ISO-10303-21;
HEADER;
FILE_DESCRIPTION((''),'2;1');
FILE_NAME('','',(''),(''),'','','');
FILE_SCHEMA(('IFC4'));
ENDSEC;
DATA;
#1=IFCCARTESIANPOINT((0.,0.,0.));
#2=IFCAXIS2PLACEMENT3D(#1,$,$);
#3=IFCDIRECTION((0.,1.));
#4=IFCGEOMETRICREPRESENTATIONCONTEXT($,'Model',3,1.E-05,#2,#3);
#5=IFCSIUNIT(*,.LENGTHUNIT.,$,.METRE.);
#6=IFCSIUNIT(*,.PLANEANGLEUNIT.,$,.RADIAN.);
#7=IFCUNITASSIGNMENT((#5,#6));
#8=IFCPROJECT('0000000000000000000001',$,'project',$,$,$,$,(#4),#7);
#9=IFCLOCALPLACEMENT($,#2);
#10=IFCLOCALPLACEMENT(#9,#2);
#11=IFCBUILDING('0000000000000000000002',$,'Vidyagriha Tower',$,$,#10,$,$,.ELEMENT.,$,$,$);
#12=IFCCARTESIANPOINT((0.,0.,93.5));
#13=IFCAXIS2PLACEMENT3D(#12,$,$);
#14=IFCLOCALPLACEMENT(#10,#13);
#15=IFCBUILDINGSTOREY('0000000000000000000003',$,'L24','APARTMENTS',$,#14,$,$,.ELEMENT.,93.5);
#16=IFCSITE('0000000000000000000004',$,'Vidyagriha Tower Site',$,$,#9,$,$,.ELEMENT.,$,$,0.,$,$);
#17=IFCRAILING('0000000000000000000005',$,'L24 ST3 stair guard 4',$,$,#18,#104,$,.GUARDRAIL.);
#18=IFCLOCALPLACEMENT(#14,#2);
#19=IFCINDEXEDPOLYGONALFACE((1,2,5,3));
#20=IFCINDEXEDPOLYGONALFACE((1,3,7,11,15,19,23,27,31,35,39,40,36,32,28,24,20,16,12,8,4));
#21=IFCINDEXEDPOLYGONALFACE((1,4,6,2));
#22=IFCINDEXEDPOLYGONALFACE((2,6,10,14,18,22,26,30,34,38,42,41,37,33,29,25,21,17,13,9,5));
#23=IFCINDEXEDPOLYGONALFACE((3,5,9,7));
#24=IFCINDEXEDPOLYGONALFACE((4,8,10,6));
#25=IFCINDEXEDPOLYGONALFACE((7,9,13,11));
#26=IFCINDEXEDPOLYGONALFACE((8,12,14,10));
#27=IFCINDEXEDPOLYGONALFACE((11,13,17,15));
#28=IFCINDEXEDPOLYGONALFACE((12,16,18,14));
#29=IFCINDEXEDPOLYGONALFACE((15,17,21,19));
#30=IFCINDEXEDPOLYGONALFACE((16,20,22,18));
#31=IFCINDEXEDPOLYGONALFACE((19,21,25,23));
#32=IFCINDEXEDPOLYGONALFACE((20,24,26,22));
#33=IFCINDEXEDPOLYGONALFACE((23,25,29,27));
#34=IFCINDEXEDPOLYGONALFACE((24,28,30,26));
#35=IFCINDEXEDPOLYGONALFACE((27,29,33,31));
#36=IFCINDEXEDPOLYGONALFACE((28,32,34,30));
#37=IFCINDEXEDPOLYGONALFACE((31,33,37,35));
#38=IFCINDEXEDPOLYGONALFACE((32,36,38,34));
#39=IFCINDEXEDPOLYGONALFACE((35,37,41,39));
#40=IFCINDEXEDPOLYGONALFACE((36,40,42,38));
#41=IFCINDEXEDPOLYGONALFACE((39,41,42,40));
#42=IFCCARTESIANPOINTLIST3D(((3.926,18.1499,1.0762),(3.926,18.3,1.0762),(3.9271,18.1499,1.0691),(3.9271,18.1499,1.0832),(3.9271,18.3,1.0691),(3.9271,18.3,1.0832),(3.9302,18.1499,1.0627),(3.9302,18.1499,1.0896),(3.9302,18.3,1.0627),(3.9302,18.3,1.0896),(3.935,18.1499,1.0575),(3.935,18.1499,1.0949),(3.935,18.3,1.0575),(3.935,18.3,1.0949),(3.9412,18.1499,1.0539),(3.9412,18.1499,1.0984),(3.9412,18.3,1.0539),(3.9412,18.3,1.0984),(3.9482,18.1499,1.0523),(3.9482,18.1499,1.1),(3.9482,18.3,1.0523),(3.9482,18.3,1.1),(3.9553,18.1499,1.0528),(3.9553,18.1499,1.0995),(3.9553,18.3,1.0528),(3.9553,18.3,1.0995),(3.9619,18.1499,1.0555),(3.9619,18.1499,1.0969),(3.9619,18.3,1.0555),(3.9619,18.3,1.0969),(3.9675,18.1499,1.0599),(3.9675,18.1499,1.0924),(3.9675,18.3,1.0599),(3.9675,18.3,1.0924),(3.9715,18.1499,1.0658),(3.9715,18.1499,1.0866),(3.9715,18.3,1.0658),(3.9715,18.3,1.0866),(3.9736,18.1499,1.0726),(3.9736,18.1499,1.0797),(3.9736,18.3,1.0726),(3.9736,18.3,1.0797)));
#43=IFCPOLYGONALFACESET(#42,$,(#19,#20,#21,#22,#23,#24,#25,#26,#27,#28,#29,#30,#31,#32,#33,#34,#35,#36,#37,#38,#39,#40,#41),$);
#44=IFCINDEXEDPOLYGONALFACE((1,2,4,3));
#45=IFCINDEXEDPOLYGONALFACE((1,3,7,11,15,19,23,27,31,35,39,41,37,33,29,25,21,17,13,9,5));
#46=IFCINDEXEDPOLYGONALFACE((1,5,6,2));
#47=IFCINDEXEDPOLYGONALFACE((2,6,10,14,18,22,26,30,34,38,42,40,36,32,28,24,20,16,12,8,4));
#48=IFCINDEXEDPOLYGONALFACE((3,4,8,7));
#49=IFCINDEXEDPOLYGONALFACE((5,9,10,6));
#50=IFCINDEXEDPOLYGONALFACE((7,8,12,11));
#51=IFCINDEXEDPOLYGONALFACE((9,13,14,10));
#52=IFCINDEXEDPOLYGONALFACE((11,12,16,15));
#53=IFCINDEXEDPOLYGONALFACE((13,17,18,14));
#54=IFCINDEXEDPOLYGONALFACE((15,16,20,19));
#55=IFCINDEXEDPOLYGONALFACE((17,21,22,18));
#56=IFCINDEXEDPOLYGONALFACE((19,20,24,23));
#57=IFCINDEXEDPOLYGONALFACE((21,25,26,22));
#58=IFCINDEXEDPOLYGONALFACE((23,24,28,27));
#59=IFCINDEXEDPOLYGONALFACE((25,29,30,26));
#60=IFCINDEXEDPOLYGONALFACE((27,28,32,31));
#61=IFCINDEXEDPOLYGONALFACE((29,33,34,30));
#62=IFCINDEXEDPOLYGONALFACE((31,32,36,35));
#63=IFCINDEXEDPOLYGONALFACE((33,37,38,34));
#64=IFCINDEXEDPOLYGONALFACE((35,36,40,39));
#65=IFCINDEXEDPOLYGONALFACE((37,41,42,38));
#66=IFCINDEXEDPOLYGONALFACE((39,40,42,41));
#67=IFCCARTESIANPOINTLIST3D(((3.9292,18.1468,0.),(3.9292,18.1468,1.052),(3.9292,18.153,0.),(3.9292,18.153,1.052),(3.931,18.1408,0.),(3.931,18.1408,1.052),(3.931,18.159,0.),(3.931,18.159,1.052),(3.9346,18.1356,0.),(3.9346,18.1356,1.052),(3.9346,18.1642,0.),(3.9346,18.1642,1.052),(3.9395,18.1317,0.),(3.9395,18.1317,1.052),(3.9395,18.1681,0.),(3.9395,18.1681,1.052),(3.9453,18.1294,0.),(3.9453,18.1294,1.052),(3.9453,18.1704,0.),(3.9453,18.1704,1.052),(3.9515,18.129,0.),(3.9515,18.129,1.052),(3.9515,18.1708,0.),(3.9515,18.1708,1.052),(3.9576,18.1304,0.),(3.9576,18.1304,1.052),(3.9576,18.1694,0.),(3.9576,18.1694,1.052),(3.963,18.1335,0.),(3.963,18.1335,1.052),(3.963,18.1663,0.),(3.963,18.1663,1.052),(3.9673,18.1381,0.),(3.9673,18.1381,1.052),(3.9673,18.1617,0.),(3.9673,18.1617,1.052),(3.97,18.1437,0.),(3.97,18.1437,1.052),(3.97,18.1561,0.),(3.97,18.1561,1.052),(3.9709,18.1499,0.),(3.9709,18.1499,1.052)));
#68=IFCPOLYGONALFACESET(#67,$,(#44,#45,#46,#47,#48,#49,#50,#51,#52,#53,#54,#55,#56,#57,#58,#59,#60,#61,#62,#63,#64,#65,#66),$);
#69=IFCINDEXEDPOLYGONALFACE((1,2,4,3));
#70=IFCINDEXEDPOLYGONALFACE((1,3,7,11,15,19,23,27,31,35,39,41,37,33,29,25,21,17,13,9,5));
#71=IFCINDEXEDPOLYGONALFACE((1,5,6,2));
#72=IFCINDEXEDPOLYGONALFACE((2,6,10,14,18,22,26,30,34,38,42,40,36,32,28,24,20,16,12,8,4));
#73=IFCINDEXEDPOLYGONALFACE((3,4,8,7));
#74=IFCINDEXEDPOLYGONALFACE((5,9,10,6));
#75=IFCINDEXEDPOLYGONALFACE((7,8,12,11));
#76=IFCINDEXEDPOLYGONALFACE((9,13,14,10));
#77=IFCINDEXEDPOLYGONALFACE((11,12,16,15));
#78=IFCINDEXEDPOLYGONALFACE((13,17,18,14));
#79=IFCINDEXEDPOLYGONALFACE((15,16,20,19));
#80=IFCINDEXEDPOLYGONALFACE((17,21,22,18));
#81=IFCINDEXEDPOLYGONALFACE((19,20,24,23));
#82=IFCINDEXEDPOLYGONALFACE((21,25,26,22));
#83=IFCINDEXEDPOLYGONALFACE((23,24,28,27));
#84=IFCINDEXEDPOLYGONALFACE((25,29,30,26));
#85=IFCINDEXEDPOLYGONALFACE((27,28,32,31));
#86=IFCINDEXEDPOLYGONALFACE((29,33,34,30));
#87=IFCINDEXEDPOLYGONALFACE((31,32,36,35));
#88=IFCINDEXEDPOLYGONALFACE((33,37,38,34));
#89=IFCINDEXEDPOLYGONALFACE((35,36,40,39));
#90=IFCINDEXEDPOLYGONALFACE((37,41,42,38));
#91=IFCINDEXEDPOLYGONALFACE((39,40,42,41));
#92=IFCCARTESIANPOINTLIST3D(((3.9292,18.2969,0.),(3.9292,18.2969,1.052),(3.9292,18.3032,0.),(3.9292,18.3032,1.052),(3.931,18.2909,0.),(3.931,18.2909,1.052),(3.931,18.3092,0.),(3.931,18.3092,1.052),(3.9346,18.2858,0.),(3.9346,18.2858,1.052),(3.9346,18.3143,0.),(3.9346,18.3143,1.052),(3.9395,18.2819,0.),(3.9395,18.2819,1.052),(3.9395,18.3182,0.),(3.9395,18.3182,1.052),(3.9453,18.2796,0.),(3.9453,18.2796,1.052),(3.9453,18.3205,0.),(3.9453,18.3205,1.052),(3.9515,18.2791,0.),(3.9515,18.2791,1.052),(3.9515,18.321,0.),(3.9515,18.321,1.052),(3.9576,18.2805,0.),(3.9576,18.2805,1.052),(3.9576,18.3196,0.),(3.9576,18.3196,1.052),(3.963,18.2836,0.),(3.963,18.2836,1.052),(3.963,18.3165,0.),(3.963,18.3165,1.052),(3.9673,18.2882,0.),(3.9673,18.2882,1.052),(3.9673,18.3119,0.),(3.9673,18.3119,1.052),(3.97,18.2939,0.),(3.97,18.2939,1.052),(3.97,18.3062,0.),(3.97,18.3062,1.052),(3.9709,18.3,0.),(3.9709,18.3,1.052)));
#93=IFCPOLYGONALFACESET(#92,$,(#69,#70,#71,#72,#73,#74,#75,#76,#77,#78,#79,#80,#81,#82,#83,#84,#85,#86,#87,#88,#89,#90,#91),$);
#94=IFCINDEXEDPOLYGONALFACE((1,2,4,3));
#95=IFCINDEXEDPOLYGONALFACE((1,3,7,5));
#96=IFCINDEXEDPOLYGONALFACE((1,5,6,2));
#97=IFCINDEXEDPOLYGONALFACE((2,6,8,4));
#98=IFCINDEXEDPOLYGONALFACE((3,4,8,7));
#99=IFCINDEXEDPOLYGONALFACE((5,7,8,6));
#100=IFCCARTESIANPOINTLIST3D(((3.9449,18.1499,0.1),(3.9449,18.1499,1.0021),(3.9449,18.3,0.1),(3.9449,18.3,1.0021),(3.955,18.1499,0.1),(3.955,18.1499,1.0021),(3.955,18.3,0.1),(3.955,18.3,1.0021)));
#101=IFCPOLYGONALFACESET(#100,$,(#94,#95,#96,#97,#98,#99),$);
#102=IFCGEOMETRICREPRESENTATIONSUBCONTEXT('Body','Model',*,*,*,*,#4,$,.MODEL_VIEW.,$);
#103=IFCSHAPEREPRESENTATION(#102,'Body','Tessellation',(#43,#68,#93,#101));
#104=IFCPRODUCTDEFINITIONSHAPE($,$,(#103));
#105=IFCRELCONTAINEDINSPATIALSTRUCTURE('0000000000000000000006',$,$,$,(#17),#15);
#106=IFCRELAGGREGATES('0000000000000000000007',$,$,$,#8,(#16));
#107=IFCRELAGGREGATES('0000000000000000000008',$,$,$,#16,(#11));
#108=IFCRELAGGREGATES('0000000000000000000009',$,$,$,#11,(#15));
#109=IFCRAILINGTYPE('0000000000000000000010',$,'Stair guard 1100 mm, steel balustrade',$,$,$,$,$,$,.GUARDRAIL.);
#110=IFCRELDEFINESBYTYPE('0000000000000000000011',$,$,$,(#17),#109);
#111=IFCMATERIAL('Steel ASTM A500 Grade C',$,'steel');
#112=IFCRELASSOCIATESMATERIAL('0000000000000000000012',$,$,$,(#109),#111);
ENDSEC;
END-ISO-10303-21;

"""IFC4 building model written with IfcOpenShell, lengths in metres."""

from ifc_helpers import new_model, si_unit, direction, frame, origin, origin_2d, place, context, subcontext, project, spatial, rectangle, circle, extrude, material, type_object, element, save


model = new_model("IFC4")

# Units and contexts
model_context = context("Model", 3, precision=1e-05, world=origin(), true_north=direction((0.0, 1.0)))
body_context = subcontext(model_context, "Body", "Model", "MODEL_VIEW")
ifc_project = project(units=[si_unit("LENGTHUNIT", "METRE"), si_unit("PLANEANGLEUNIT", "RADIAN")], contexts=[model_context])

# Site, building, storey
site_placement = place(None, origin())
site = spatial("IfcSite", under=ifc_project, at=site_placement, Name="Vidyagriha Tower Site", CompositionType="ELEMENT", RefElevation=0.0)
building_placement = place(site_placement, origin())
building = spatial("IfcBuilding", under=site, at=building_placement, Name="Vidyagriha Tower", CompositionType="ELEMENT")
storey_placement = place(building_placement, frame((0.0, 0.0, 93.5)))
storey = spatial("IfcBuildingStorey", under=building, at=storey_placement, Name="L24", Description="APARTMENTS", CompositionType="ELEMENT", Elevation=93.5)

# Railing
ifc_material_1 = material(Name="Steel ASTM A500 Grade C", Category="steel")
railing_type_1 = type_object("IfcRailingType", Name="Stair guard 1100 mm, steel balustrade", PredefinedType="GUARDRAIL", material=ifc_material_1)
railing_1_placement = place(storey_placement, frame((3.95, 18.1499, 0.0)))
element("IfcRailing", 1, at=railing_1_placement, inside=storey, type_object=railing_type_1, Name="L24 ST3 stair guard 4", PredefinedType="GUARDRAIL", context=body_context, shape_type="SweptSolid", body=[
    extrude(circle(Radius=0.0239, at=origin_2d()), frame((0.0, 0.0, 1.0762), z_axis=(0.0, 1.0, 0.0), x_axis=(-1.0, 0.0, 0.0)), (0.0, 0.0, 1.0), 0.1501),
    extrude(circle(Radius=0.021, at=origin_2d()), origin(), (0.0, 0.0, 1.0), 1.052),
    extrude(circle(Radius=0.021, at=origin_2d()), frame((0.0, 0.1501, 0.0)), (0.0, 0.0, 1.0), 1.052),
    extrude(rectangle(XDim=0.01, YDim=0.9021, at=origin_2d()), frame((0.0, 0.0, 0.551), z_axis=(0.0, 1.0, 0.0), x_axis=(-1.0, 0.0, 0.0)), (0.0, 0.0, 1.0), 0.1501),
])

save(model, "model.ifc")
